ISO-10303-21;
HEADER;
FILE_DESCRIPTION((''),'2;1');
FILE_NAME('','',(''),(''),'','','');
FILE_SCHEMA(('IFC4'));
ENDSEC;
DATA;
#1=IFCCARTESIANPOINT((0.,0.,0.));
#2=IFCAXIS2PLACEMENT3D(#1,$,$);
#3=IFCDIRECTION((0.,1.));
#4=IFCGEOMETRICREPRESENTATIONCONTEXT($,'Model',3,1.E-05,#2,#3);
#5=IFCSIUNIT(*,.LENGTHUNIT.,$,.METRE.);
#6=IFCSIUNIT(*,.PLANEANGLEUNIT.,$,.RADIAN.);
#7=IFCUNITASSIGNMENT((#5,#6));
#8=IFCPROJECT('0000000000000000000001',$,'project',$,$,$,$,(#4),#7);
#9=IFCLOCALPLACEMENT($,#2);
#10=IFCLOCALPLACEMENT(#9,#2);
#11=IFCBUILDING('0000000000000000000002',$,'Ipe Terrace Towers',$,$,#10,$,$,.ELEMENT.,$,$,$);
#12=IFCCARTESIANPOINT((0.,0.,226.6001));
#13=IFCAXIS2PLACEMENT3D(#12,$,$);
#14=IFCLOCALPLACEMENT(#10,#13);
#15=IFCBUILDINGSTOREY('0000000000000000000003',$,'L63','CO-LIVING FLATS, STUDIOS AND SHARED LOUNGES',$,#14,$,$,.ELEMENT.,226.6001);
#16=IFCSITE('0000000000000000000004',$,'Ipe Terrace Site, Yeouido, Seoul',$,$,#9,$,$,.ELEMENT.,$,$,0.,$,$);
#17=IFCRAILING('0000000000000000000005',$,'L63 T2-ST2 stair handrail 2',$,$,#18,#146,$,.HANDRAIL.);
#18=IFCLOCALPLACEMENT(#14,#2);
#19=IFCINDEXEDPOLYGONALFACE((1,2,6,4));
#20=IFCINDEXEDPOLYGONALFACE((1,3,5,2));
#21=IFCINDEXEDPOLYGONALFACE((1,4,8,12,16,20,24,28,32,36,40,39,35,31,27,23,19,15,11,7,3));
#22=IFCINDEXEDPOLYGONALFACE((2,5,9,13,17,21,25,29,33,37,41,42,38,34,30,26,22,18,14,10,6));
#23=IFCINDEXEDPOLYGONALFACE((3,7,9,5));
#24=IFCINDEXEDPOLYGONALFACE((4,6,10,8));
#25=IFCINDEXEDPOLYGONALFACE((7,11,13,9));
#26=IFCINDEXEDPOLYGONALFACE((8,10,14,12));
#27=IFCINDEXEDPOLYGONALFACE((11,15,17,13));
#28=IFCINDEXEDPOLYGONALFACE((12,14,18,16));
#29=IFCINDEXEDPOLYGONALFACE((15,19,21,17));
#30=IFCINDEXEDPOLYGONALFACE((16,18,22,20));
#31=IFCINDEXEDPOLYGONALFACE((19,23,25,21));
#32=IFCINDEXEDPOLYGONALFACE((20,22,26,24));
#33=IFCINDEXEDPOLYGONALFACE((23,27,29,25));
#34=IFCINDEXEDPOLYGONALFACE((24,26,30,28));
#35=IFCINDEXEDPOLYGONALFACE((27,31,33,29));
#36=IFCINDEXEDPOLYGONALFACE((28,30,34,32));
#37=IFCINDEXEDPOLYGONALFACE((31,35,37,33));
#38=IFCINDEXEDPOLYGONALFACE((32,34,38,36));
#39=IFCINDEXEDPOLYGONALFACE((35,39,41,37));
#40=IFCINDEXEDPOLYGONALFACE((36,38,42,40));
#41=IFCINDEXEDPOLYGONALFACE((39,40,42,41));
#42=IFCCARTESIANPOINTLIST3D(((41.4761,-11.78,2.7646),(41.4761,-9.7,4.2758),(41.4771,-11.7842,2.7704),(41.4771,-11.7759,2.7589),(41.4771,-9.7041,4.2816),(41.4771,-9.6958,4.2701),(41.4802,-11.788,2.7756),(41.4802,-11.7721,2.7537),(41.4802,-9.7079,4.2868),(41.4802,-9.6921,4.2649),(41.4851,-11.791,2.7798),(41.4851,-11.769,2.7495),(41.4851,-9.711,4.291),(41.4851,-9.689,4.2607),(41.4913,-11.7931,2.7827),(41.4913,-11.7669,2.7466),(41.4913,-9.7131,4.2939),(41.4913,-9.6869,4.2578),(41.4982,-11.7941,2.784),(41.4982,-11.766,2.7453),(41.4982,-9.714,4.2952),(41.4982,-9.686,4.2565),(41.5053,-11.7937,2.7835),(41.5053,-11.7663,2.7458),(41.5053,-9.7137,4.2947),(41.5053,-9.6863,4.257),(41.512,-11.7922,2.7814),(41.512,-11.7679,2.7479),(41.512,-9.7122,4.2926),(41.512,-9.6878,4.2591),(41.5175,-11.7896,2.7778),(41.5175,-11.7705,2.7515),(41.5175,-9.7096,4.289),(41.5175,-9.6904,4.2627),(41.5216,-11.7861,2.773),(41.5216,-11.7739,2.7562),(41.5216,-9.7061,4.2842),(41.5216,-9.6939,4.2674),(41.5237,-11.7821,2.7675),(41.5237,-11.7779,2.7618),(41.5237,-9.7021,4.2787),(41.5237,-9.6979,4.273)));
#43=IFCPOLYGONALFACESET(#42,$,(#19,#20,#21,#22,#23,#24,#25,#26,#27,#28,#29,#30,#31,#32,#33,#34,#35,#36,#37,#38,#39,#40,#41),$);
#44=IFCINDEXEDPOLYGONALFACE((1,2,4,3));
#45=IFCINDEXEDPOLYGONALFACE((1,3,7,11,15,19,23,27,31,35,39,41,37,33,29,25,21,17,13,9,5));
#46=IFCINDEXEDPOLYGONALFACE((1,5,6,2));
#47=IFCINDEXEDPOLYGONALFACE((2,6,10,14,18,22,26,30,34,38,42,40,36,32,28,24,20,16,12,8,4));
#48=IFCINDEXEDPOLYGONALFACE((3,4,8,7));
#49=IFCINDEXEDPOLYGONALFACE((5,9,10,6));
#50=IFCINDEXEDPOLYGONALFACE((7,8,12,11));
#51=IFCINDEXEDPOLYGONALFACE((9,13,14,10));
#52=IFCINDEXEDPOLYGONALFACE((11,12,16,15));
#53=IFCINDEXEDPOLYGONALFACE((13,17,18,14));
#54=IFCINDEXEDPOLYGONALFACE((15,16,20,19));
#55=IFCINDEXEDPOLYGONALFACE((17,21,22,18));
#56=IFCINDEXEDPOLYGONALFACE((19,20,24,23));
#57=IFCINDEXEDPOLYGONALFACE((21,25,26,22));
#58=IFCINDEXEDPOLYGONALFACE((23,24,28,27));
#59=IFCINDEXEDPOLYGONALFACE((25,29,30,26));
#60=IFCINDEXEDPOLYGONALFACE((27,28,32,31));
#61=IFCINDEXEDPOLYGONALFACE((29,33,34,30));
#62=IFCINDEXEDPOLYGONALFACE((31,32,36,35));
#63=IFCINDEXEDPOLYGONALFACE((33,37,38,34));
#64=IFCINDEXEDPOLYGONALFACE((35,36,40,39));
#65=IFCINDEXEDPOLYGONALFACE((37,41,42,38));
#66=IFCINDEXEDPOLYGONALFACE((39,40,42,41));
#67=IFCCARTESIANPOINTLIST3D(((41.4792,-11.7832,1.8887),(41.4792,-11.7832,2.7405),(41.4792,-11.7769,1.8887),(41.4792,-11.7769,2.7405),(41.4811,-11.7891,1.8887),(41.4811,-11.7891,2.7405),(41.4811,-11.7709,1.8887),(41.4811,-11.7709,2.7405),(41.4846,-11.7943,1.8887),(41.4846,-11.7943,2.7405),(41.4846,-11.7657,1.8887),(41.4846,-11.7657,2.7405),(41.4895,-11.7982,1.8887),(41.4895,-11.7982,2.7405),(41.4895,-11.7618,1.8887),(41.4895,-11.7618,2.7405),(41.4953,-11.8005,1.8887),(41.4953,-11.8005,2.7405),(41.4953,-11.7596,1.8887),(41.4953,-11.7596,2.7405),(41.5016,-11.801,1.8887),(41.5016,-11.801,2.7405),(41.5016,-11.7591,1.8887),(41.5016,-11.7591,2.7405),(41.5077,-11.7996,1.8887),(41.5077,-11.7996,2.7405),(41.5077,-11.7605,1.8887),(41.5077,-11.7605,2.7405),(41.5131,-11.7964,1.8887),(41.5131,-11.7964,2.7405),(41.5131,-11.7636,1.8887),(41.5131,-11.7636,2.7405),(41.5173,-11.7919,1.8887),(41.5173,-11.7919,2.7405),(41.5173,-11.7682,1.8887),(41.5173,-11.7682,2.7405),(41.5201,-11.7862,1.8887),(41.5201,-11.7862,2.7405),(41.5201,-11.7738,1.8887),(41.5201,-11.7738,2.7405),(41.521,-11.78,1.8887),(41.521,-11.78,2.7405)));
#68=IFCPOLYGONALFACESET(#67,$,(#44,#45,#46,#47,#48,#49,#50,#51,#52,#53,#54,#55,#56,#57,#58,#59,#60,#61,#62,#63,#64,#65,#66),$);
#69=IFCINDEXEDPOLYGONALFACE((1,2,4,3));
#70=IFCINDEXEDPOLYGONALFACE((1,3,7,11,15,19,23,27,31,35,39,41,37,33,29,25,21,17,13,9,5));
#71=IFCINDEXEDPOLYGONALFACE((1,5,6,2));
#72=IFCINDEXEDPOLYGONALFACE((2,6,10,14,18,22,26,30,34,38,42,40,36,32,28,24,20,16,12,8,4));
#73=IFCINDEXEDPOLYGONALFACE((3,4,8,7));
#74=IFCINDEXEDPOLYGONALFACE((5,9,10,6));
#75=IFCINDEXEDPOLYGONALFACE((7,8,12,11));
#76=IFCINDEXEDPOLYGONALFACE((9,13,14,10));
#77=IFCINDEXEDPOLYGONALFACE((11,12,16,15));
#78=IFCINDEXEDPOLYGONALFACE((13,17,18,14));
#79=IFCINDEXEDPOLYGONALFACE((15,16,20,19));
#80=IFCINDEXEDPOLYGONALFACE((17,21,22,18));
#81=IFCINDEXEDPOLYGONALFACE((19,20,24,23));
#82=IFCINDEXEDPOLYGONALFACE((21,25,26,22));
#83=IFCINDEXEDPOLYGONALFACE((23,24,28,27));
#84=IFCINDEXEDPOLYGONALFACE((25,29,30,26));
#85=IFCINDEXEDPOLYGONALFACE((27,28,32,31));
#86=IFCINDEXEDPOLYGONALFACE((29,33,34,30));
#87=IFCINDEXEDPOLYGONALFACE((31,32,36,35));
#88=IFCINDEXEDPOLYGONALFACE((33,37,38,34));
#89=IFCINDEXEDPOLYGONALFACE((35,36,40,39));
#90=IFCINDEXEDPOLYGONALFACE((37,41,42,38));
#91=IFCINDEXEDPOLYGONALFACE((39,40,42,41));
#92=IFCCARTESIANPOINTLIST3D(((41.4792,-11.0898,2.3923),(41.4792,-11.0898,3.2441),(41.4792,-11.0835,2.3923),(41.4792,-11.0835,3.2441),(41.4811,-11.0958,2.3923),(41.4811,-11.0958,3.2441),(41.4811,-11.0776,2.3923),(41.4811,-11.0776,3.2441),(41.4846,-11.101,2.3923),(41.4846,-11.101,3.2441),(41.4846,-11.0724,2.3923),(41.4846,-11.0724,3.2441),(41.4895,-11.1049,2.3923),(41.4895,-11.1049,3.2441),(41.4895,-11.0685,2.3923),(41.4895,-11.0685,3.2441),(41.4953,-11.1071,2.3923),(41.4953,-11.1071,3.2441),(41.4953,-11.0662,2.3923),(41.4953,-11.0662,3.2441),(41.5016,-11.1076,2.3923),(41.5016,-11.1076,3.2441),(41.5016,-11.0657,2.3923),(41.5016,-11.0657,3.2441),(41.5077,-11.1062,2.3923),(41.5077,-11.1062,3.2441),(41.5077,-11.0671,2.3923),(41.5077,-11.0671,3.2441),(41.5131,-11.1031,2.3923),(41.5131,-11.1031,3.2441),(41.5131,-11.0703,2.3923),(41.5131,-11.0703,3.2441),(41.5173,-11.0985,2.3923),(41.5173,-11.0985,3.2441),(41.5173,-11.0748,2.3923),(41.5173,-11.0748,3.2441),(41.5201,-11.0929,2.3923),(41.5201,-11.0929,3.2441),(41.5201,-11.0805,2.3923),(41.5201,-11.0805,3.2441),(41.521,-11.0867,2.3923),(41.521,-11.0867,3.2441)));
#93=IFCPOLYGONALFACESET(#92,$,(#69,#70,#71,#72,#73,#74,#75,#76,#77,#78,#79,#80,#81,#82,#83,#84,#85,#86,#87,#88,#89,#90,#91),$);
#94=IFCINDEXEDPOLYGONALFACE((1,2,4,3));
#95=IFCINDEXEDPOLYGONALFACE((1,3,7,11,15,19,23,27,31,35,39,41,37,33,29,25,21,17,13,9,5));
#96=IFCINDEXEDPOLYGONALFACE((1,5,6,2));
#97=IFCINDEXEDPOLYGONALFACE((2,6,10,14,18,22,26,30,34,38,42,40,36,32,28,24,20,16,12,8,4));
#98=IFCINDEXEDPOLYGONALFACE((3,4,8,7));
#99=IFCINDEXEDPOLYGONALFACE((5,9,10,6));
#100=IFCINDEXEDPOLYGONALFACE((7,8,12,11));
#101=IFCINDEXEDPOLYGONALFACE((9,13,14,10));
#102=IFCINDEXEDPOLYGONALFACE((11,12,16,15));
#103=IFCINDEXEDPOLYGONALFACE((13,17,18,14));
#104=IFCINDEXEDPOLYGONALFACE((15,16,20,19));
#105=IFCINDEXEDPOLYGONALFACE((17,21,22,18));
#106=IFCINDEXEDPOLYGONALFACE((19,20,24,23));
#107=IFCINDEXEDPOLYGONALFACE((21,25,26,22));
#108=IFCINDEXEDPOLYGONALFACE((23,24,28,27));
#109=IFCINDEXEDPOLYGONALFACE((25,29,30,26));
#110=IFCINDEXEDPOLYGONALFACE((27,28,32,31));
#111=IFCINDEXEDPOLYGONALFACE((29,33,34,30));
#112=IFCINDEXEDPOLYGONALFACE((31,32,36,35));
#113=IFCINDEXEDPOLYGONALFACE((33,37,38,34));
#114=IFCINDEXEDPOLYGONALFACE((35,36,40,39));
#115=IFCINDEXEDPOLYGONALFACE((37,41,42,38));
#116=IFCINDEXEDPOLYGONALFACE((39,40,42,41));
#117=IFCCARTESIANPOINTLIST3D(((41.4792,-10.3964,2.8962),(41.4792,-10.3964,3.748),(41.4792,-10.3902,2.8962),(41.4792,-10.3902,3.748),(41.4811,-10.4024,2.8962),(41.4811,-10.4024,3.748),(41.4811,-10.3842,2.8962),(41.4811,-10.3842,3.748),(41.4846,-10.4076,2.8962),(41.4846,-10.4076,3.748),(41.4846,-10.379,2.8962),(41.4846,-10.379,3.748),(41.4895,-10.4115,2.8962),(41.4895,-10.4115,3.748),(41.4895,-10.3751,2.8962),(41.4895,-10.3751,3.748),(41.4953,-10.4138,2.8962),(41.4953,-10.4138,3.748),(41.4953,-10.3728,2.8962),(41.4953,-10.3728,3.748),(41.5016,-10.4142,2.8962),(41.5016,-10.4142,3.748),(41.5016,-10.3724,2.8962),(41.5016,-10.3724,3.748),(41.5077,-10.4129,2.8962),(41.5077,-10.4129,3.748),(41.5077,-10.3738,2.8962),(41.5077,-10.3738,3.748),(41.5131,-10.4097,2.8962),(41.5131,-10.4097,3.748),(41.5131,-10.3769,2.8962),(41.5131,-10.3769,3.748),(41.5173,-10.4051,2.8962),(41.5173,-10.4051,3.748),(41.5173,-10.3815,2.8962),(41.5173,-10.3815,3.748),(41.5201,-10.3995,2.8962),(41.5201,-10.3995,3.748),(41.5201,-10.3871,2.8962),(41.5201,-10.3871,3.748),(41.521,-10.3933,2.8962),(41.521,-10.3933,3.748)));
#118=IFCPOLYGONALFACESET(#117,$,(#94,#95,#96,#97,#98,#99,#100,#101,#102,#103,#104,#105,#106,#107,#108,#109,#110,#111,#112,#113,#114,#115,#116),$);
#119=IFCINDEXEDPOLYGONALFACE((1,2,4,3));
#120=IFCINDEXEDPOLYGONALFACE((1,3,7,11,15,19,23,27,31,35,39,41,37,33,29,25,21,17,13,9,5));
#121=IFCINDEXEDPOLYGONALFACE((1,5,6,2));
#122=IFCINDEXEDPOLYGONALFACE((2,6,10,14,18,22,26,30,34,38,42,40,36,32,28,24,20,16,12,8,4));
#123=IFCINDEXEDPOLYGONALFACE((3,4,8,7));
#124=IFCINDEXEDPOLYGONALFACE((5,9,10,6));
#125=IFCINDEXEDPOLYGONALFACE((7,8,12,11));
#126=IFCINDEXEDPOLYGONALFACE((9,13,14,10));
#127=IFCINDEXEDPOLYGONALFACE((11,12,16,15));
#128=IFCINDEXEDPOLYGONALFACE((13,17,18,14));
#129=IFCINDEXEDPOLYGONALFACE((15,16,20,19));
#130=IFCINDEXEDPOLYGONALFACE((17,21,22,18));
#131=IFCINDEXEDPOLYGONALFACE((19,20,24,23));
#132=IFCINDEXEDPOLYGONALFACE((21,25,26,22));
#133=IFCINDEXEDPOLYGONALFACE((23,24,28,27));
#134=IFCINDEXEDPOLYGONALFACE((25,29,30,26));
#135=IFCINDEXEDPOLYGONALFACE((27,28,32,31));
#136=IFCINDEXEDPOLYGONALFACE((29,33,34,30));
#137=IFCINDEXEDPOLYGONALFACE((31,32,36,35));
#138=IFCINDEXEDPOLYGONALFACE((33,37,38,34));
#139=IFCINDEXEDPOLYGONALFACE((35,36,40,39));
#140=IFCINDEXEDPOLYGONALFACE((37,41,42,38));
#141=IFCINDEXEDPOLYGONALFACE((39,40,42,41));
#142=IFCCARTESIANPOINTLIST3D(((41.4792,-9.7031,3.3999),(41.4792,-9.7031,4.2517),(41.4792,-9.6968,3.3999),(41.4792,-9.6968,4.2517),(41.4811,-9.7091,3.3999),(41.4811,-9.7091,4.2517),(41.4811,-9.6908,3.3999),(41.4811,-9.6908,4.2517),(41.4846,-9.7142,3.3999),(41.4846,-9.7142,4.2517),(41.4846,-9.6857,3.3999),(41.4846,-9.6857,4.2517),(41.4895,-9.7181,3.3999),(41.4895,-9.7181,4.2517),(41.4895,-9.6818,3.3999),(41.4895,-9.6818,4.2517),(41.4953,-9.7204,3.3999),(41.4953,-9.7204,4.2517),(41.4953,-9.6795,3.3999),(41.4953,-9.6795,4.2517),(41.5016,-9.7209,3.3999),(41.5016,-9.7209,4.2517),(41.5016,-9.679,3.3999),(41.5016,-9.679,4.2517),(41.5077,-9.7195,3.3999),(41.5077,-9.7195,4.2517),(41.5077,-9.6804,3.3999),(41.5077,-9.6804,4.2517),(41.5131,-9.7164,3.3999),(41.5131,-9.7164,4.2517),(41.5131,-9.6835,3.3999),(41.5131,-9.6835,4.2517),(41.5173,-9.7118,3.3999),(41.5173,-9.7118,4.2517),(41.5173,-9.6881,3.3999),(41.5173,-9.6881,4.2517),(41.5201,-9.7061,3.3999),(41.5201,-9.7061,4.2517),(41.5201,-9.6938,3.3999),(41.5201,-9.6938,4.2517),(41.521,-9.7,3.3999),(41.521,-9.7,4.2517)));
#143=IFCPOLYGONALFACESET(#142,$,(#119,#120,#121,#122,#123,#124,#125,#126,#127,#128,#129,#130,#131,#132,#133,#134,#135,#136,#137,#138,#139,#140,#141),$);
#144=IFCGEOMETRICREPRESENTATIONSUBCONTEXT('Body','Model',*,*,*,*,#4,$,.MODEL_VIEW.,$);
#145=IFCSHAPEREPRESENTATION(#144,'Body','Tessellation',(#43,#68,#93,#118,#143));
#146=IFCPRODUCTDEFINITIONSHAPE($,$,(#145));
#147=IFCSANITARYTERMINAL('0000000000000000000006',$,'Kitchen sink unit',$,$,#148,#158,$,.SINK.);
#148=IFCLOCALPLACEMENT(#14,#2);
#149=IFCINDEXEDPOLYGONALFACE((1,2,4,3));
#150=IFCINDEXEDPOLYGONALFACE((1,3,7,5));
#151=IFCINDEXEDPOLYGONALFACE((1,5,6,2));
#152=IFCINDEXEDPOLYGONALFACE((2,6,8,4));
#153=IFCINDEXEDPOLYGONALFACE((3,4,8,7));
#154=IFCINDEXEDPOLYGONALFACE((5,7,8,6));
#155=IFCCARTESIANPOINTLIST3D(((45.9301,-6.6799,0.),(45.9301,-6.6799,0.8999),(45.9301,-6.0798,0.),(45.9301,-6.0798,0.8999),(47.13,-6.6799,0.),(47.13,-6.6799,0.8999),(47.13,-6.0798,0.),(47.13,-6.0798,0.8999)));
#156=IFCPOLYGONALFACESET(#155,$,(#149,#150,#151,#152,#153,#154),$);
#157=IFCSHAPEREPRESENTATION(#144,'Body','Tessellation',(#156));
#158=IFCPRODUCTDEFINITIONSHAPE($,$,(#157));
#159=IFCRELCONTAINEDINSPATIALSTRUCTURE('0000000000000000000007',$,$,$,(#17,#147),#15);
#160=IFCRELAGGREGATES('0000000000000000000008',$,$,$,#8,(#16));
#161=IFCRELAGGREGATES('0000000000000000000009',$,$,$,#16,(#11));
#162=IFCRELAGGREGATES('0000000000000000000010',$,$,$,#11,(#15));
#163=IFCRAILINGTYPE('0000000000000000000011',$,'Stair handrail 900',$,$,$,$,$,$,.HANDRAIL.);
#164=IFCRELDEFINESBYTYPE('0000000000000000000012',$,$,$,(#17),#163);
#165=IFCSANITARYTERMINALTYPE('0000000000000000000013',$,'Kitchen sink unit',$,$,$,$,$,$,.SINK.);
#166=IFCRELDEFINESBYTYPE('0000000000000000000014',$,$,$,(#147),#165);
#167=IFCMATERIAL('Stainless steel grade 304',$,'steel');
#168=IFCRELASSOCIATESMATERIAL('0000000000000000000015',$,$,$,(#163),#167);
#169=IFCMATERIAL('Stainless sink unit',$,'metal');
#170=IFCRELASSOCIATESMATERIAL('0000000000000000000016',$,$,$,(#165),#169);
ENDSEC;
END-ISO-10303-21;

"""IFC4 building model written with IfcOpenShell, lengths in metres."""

from ifc_helpers import new_model, si_unit, direction, frame, origin, origin_2d, place, context, subcontext, project, spatial, rectangle, circle, extrude, material, type_object, element, save


model = new_model("IFC4")

# Units and contexts
model_context = context("Model", 3, precision=1e-05, world=origin(), true_north=direction((0.0, 1.0)))
body_context = subcontext(model_context, "Body", "Model", "MODEL_VIEW")
ifc_project = project(units=[si_unit("LENGTHUNIT", "METRE"), si_unit("PLANEANGLEUNIT", "RADIAN")], contexts=[model_context])

# Site, building, storey
site_placement = place(None, origin())
site = spatial("IfcSite", under=ifc_project, at=site_placement, Name="Ipe Terrace Site, Yeouido, Seoul", CompositionType="ELEMENT", RefElevation=0.0)
building_placement = place(site_placement, origin())
building = spatial("IfcBuilding", under=site, at=building_placement, Name="Ipe Terrace Towers", CompositionType="ELEMENT")
storey_placement = place(building_placement, frame((0.0, 0.0, 226.6001)))
storey = spatial("IfcBuildingStorey", under=building, at=storey_placement, Name="L63", Description="CO-LIVING FLATS, STUDIOS AND SHARED LOUNGES", CompositionType="ELEMENT", Elevation=226.6001)

# Railing
ifc_material_1 = material(Name="Stainless steel grade 304", Category="steel")
railing_type = type_object("IfcRailingType", Name="Stair handrail 900", PredefinedType="HANDRAIL", material=ifc_material_1)
railing_placement = place(storey_placement, frame((41.5, -11.78, 1.8887)))
element("IfcRailing", 1, at=railing_placement, inside=storey, type_object=railing_type, Name="L63 T2-ST2 stair handrail 2", PredefinedType="HANDRAIL", context=body_context, shape_type="SweptSolid", body=[
    extrude(circle(Radius=0.0239, at=origin_2d()), frame((0.0, 0.0, 0.876), z_axis=(0.0, 0.809023, 0.587776), x_axis=(-1.0, 0.0, 0.0)), (0.0, 0.0, 1.0), 2.571),
    extrude(circle(Radius=0.021, at=origin_2d()), origin(), (0.0, 0.0, 1.0), 0.8518),
    extrude(circle(Radius=0.021, at=origin_2d()), frame((0.0, 0.6934, 0.5037)), (0.0, 0.0, 1.0), 0.8518),
    extrude(circle(Radius=0.021, at=origin_2d()), frame((0.0, 1.3867, 1.0076)), (0.0, 0.0, 1.0), 0.8518),
    extrude(circle(Radius=0.021, at=origin_2d()), frame((0.0, 2.0801, 1.5112)), (0.0, 0.0, 1.0), 0.8518),
])

# Sanitary terminal
ifc_material_2 = material(Name="Stainless sink unit", Category="metal")
sanitary_terminal_type = type_object("IfcSanitaryTerminalType", Name="Kitchen sink unit", PredefinedType="SINK", material=ifc_material_2)
sanitary_terminal_placement = place(storey_placement, frame((46.53, -6.3799, 0.0), z_axis=(0.0, 0.0, 1.0), x_axis=(-1.0, 0.0, 0.0)))
element("IfcSanitaryTerminal", 2, at=sanitary_terminal_placement, inside=storey, type_object=sanitary_terminal_type, Name="Kitchen sink unit", PredefinedType="SINK", context=body_context, shape_type="SweptSolid", body=[
    extrude(rectangle(XDim=1.2, YDim=0.6001, at=origin_2d()), origin(), (0.0, 0.0, 1.0), 0.8999),
])

save(model, "model.ifc")
